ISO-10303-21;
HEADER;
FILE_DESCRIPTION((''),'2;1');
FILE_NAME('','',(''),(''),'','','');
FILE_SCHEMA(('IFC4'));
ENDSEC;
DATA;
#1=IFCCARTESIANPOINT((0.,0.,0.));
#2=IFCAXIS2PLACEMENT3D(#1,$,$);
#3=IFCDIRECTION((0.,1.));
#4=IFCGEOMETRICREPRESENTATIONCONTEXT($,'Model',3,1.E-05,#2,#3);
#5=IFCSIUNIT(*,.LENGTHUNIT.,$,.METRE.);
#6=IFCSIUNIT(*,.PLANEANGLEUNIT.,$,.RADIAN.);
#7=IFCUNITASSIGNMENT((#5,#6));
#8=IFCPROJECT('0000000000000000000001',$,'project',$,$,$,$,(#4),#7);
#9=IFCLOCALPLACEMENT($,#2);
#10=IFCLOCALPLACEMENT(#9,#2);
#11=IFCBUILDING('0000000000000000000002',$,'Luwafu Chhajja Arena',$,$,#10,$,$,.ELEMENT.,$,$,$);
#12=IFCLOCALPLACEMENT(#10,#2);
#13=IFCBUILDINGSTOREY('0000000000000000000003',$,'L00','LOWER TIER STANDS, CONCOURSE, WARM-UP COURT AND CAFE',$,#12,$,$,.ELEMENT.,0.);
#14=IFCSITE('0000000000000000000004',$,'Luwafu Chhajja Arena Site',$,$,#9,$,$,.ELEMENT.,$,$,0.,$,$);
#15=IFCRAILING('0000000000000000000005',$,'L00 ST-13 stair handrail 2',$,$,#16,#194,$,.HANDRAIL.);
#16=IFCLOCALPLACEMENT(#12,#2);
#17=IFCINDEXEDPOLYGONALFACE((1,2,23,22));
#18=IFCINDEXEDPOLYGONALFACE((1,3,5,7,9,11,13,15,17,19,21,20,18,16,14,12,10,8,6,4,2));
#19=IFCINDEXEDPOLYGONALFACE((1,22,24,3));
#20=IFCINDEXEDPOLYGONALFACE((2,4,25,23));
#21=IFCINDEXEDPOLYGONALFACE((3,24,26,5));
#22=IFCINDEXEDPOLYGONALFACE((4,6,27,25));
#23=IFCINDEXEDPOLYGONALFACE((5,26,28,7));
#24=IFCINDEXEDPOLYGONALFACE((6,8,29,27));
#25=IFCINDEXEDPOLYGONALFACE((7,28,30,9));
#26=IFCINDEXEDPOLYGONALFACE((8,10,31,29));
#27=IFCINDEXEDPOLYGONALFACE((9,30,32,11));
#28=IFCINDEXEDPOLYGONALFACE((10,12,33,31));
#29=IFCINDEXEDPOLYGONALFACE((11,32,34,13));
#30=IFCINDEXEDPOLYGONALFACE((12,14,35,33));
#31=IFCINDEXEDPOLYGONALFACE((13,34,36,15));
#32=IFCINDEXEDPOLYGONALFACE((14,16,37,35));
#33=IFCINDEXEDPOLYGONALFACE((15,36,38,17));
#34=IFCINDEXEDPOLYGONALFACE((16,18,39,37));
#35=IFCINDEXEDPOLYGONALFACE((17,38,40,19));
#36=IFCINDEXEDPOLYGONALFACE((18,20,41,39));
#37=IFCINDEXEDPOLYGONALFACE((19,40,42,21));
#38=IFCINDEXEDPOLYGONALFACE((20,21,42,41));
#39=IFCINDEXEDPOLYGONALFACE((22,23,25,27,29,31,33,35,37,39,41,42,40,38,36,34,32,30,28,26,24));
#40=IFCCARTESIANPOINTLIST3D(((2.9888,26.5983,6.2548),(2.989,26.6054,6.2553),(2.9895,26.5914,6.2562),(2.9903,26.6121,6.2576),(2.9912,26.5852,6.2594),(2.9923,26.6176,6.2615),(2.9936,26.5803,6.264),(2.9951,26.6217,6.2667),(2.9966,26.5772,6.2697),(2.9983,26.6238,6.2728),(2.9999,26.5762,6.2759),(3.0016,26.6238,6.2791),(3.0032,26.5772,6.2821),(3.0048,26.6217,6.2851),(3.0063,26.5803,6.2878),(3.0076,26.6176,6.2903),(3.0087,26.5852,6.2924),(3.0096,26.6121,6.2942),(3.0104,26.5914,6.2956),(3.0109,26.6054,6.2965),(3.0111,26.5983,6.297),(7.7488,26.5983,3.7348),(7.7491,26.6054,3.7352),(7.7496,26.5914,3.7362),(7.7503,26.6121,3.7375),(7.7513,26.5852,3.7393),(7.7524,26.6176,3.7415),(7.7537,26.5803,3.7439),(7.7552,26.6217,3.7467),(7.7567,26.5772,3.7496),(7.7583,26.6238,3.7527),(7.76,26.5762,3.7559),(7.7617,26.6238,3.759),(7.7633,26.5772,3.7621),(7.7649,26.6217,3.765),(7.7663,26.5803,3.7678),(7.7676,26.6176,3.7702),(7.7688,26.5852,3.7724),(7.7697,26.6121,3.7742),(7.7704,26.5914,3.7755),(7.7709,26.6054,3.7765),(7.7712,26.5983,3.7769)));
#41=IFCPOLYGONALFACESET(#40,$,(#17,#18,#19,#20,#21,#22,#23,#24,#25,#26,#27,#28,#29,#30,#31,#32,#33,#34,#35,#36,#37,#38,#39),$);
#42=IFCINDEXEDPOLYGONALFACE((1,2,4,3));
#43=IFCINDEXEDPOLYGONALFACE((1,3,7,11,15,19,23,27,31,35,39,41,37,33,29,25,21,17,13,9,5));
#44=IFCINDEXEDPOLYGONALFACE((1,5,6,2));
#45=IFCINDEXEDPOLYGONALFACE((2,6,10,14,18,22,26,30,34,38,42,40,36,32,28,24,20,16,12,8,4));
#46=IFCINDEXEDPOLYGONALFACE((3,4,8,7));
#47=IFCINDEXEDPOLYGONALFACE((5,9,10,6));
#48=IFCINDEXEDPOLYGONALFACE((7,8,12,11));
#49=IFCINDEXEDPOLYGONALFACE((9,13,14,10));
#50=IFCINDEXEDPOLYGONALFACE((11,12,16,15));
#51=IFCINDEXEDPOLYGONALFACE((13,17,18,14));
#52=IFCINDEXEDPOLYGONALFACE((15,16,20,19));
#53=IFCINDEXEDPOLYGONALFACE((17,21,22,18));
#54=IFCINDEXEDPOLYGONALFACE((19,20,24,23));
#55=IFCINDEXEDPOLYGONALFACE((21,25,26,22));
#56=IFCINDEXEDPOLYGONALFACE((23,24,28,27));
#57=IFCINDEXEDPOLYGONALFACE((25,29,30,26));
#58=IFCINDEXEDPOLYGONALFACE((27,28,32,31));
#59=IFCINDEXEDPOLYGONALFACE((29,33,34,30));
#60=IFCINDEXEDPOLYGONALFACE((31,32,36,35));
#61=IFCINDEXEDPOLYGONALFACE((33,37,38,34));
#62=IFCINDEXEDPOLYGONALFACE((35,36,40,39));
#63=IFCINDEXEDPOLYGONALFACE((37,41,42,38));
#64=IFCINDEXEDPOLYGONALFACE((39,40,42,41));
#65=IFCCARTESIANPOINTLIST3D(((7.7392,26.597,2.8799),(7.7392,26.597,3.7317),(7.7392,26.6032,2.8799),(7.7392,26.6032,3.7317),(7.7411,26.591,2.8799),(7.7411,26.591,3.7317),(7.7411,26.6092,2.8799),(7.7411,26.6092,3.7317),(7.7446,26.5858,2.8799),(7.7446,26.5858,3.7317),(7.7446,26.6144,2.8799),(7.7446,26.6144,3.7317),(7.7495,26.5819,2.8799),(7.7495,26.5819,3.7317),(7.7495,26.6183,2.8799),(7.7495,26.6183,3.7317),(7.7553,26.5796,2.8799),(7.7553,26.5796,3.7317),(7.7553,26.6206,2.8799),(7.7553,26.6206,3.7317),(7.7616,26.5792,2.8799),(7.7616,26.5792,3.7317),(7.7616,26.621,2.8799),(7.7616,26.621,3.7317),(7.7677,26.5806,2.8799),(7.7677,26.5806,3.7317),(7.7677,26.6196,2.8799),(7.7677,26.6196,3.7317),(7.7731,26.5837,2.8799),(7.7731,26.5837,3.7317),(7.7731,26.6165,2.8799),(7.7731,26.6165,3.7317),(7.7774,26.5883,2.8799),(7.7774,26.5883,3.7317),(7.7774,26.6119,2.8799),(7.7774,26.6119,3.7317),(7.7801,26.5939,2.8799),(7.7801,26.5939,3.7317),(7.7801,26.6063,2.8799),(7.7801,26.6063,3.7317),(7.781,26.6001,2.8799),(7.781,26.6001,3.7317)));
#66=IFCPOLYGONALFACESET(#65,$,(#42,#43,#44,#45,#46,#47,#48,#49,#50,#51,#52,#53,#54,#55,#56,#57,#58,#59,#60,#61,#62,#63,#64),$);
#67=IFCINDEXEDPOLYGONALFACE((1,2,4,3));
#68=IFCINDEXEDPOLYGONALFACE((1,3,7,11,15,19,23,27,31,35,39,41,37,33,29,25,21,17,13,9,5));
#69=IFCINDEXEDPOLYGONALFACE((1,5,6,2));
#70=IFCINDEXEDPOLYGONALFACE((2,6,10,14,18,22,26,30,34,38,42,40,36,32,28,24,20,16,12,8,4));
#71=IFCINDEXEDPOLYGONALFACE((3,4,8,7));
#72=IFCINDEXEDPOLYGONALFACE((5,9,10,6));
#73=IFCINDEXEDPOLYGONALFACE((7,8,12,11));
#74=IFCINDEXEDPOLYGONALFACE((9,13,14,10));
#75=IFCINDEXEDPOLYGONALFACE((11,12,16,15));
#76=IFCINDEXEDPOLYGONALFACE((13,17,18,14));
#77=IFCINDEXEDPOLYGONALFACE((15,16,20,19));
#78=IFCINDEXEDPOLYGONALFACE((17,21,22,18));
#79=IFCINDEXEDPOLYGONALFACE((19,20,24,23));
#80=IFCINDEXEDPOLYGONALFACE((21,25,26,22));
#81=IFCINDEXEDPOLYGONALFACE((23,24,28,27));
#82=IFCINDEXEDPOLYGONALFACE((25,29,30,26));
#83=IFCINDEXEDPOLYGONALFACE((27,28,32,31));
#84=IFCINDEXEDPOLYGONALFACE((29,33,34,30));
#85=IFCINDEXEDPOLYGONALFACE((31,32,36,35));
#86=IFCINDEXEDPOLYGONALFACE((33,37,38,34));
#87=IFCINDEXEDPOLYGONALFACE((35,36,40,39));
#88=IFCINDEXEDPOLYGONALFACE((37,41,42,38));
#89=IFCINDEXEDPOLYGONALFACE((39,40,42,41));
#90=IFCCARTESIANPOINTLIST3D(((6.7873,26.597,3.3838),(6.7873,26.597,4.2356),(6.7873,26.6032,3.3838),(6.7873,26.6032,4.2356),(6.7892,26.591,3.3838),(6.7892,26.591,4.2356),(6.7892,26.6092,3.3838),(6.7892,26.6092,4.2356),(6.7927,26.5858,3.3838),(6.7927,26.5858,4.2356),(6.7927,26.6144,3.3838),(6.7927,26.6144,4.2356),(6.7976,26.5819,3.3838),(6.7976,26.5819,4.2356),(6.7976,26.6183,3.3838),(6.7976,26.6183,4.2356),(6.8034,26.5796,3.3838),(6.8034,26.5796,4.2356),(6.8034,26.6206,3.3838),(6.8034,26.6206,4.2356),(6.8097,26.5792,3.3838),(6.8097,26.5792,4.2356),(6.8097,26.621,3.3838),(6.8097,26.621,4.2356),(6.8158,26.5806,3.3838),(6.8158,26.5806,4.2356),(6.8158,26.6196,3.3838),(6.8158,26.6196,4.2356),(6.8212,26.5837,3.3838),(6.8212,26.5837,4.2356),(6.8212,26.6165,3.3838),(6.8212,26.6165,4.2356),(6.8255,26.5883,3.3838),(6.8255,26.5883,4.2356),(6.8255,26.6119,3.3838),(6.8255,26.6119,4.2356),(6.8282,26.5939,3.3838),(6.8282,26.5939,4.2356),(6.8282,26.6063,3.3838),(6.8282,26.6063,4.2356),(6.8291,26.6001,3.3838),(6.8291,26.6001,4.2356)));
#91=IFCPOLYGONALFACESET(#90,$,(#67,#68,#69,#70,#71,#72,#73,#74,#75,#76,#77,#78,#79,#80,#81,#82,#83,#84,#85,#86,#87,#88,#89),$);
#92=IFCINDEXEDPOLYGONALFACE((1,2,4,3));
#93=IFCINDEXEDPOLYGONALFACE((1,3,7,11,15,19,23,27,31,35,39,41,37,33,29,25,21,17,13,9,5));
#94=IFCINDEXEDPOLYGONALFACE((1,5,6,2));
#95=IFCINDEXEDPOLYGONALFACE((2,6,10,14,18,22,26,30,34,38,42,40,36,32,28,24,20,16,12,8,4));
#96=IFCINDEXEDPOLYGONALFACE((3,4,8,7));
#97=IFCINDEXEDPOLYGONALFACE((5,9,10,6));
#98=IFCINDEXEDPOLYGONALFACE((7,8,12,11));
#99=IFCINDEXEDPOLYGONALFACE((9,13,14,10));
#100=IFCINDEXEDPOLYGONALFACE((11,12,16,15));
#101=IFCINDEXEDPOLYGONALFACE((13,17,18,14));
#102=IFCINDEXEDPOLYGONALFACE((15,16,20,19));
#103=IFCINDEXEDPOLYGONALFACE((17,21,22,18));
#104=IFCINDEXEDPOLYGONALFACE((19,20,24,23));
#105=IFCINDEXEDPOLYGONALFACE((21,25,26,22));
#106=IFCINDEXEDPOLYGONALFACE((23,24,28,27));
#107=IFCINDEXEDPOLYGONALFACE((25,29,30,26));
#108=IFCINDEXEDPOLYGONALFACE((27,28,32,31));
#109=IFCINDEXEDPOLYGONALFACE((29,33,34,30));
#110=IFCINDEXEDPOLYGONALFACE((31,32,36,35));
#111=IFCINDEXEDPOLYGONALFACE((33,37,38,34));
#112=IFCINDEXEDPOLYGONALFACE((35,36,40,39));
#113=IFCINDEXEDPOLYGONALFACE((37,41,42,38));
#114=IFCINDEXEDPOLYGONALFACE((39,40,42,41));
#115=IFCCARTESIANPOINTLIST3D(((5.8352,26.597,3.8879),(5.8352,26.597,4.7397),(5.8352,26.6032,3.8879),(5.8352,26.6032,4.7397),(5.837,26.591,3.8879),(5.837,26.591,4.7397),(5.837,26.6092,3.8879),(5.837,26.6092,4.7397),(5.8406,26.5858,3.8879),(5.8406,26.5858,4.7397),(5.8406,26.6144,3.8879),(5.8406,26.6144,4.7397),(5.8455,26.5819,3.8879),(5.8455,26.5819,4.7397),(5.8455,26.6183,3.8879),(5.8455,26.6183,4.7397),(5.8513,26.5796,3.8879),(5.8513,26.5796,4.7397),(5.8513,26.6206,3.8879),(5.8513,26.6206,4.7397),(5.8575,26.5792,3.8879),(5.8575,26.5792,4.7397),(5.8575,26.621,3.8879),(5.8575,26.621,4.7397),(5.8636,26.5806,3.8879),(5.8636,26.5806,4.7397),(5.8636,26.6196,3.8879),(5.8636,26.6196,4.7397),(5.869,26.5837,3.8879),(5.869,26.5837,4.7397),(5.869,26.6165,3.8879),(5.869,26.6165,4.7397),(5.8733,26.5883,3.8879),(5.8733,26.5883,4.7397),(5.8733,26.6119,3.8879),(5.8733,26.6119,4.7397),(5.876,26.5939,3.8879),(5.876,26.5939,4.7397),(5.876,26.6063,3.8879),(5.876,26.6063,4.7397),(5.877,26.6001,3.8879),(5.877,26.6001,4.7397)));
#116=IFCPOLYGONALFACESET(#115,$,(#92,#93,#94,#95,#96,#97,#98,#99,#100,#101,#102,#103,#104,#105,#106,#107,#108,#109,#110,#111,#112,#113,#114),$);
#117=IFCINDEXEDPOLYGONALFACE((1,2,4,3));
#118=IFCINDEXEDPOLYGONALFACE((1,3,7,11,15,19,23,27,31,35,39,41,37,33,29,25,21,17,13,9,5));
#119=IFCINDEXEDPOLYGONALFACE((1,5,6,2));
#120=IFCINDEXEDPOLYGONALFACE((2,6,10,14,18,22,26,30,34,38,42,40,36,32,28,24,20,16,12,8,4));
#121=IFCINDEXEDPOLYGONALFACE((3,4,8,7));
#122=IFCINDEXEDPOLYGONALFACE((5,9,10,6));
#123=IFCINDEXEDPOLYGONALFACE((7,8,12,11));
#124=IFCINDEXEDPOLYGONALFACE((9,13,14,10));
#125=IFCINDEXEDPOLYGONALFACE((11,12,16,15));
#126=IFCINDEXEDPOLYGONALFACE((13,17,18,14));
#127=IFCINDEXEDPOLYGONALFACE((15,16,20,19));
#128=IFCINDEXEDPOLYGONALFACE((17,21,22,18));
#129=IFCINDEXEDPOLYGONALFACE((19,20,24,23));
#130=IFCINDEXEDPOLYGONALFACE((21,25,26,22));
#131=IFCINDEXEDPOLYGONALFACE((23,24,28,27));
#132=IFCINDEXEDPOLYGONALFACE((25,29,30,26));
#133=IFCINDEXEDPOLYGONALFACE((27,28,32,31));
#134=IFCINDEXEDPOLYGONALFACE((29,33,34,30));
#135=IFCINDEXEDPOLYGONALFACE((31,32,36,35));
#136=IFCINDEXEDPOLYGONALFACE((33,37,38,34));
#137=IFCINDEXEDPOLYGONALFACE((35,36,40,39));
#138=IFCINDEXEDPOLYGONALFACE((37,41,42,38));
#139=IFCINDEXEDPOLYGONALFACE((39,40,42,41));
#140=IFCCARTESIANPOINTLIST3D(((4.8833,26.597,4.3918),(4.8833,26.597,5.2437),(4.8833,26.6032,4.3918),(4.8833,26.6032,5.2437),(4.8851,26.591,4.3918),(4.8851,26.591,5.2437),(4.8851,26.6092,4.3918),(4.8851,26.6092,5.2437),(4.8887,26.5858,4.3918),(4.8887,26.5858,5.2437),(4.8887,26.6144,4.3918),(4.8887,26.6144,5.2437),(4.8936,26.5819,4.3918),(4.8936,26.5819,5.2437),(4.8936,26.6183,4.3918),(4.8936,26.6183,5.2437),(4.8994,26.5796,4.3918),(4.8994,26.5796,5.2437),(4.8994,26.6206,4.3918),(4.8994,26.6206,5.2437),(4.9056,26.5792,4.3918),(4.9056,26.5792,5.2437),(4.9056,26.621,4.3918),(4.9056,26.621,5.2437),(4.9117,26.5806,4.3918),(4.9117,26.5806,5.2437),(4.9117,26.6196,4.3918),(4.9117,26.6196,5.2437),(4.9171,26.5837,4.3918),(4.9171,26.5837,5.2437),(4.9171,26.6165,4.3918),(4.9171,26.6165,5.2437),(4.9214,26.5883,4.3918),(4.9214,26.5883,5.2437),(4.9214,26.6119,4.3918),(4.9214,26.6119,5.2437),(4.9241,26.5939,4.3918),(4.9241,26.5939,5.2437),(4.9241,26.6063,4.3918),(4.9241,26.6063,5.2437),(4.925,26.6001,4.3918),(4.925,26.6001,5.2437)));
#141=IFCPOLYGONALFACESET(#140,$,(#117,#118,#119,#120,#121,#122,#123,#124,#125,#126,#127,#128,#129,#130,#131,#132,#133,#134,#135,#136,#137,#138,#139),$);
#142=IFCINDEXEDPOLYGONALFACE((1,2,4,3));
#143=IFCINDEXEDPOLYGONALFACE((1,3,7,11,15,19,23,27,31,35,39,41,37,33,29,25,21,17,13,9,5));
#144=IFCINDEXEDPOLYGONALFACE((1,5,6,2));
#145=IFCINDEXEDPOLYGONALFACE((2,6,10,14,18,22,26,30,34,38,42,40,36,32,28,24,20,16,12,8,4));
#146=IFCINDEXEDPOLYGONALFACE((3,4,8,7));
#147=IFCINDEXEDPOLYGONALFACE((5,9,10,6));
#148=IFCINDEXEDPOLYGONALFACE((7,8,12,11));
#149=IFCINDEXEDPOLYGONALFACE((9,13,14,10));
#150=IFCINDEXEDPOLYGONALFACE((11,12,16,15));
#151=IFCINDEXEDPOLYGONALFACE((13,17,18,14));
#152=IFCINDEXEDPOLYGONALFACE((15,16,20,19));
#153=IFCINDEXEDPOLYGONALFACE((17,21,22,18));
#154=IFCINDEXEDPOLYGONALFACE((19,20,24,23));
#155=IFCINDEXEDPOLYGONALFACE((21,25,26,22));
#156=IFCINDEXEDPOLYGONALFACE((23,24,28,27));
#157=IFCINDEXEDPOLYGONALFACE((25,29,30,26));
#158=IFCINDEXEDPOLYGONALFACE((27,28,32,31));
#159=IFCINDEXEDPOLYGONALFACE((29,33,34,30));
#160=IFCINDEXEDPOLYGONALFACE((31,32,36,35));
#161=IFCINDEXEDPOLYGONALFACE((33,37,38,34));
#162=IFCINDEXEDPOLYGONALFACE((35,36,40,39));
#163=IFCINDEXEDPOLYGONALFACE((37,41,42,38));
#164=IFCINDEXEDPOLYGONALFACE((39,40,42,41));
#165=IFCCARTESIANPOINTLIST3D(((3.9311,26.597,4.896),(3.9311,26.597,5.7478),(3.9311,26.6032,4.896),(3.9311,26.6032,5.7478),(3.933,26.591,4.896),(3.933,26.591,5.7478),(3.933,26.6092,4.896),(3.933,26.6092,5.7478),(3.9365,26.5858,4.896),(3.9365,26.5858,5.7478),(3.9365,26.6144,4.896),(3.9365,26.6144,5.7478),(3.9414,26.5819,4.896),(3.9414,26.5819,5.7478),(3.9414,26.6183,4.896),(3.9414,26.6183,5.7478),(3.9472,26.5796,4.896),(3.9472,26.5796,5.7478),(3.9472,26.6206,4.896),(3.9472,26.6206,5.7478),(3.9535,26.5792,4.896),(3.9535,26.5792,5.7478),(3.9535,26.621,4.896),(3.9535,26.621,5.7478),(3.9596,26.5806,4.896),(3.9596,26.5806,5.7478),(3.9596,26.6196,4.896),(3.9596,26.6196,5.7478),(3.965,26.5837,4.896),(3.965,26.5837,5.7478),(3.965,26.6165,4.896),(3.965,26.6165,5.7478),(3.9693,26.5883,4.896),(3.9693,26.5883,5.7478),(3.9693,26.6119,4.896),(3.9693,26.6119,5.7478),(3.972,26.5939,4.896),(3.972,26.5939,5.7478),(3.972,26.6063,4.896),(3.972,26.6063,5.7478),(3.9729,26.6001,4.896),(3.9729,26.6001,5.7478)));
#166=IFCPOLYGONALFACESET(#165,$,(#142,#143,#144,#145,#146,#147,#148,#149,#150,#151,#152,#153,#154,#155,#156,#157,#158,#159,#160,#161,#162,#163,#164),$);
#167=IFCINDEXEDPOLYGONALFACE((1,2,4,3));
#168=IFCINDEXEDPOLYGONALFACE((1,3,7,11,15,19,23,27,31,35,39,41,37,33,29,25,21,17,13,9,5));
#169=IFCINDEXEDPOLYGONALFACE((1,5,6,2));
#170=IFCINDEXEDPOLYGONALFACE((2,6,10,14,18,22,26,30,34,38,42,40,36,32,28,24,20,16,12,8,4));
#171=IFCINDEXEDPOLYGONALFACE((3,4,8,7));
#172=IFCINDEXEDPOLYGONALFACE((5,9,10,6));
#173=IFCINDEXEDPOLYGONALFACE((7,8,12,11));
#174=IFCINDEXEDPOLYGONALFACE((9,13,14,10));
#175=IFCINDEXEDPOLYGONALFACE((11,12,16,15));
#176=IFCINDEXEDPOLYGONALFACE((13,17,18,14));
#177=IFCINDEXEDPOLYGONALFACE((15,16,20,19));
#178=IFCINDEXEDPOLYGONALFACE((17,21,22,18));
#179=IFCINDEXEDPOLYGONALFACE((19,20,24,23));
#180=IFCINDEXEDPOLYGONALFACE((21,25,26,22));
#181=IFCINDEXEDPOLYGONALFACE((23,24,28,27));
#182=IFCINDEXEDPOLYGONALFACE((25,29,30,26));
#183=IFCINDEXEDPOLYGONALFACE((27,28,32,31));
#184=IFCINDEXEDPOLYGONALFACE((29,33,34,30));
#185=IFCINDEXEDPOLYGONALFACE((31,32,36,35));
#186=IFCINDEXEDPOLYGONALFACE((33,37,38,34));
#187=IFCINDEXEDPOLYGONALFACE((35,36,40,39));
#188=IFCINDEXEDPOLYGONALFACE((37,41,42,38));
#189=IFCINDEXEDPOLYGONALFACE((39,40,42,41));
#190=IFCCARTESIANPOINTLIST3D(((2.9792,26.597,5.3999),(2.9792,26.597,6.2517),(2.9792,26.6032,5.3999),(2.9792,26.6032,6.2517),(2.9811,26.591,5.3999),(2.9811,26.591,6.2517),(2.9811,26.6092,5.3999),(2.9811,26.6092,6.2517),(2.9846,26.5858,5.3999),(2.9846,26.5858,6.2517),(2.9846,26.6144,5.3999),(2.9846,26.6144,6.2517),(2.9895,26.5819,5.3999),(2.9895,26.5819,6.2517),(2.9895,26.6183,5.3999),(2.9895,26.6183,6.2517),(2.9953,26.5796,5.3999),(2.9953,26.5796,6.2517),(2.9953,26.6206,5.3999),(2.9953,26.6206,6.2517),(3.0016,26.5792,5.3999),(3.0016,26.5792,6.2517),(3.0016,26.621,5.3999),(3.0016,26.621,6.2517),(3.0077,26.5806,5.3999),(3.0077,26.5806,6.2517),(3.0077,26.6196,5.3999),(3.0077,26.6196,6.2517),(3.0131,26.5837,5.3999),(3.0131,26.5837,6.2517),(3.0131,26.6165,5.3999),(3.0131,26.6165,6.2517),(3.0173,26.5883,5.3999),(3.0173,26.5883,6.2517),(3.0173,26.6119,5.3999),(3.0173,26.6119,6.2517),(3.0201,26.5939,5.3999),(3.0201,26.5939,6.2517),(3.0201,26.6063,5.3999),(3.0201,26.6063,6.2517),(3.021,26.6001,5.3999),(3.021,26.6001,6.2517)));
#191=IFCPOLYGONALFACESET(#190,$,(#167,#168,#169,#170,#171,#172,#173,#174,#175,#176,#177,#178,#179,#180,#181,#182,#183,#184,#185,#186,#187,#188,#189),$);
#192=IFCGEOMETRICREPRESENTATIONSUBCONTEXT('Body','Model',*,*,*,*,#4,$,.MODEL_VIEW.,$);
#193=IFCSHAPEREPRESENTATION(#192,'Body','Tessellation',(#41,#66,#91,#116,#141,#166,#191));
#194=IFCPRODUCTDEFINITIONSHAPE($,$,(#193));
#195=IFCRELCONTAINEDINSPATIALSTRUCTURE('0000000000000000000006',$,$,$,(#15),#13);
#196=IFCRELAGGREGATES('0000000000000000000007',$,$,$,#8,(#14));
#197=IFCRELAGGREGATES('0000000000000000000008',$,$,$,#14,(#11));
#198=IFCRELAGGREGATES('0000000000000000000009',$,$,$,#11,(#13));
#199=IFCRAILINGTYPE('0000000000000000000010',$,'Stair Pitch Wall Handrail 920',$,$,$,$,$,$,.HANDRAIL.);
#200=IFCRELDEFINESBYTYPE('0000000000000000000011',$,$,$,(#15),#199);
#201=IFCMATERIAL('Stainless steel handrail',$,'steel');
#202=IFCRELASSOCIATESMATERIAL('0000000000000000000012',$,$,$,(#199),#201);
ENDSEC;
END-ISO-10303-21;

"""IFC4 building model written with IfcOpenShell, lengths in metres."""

from ifc_helpers import new_model, si_unit, direction, frame, origin, origin_2d, place, context, subcontext, project, spatial, circle, extrude, material, type_object, element, save


model = new_model("IFC4")

# Units and contexts
model_context = context("Model", 3, precision=1e-05, world=origin(), true_north=direction((0.0, 1.0)))
body_context = subcontext(model_context, "Body", "Model", "MODEL_VIEW")
ifc_project = project(units=[si_unit("LENGTHUNIT", "METRE"), si_unit("PLANEANGLEUNIT", "RADIAN")], contexts=[model_context])

# Site, building, storey
site_placement = place(None, origin())
site = spatial("IfcSite", under=ifc_project, at=site_placement, Name="Luwafu Chhajja Arena Site", CompositionType="ELEMENT", RefElevation=0.0)
building_placement = place(site_placement, origin())
building = spatial("IfcBuilding", under=site, at=building_placement, Name="Luwafu Chhajja Arena", CompositionType="ELEMENT")
storey_placement = place(building_placement, origin())
storey = spatial("IfcBuildingStorey", under=building, at=storey_placement, Name="L00", Description="LOWER TIER STANDS, CONCOURSE, WARM-UP COURT AND CAFE", CompositionType="ELEMENT", Elevation=0.0)

# Railing
ifc_material_1 = material(Name="Stainless steel handrail", Category="steel")
railing_type_1 = type_object("IfcRailingType", Name="Stair Pitch Wall Handrail 920", PredefinedType="HANDRAIL", material=ifc_material_1)
for number, where, name in (
    (1, (7.76, 26.6001, 2.8799), "L00 ST-13 stair handrail 2"),
):
    element("IfcRailing", number, at=place(storey_placement, frame(where)), inside=storey, type_object=railing_type_1, Name=name, PredefinedType="HANDRAIL", context=body_context, shape_type="SweptSolid", body=[
        extrude(circle(Radius=0.0239, at=origin_2d()), frame((0.0, 0.0, 0.876), z_axis=(-0.883787, 0.0, 0.46789), x_axis=(0.0, -1.0, 0.0)), (0.0, 0.0, 1.0), 5.386),
        extrude(circle(Radius=0.021, at=origin_2d()), origin(), (0.0, 0.0, 1.0), 0.8518),
        extrude(circle(Radius=0.021, at=origin_2d()), frame((-0.9519, 0.0, 0.5039)), (0.0, 0.0, 1.0), 0.8518),
        extrude(circle(Radius=0.021, at=origin_2d()), frame((-1.9041, 0.0, 1.0081)), (0.0, 0.0, 1.0), 0.8518),
        extrude(circle(Radius=0.021, at=origin_2d()), frame((-2.856, 0.0, 1.512)), (0.0, 0.0, 1.0), 0.8518),
        extrude(circle(Radius=0.021, at=origin_2d()), frame((-3.8081, 0.0, 2.0161)), (0.0, 0.0, 1.0), 0.8518),
        extrude(circle(Radius=0.021, at=origin_2d()), frame((-4.76, 0.0, 2.52)), (0.0, 0.0, 1.0), 0.8518),
    ])

save(model, "model.ifc")
